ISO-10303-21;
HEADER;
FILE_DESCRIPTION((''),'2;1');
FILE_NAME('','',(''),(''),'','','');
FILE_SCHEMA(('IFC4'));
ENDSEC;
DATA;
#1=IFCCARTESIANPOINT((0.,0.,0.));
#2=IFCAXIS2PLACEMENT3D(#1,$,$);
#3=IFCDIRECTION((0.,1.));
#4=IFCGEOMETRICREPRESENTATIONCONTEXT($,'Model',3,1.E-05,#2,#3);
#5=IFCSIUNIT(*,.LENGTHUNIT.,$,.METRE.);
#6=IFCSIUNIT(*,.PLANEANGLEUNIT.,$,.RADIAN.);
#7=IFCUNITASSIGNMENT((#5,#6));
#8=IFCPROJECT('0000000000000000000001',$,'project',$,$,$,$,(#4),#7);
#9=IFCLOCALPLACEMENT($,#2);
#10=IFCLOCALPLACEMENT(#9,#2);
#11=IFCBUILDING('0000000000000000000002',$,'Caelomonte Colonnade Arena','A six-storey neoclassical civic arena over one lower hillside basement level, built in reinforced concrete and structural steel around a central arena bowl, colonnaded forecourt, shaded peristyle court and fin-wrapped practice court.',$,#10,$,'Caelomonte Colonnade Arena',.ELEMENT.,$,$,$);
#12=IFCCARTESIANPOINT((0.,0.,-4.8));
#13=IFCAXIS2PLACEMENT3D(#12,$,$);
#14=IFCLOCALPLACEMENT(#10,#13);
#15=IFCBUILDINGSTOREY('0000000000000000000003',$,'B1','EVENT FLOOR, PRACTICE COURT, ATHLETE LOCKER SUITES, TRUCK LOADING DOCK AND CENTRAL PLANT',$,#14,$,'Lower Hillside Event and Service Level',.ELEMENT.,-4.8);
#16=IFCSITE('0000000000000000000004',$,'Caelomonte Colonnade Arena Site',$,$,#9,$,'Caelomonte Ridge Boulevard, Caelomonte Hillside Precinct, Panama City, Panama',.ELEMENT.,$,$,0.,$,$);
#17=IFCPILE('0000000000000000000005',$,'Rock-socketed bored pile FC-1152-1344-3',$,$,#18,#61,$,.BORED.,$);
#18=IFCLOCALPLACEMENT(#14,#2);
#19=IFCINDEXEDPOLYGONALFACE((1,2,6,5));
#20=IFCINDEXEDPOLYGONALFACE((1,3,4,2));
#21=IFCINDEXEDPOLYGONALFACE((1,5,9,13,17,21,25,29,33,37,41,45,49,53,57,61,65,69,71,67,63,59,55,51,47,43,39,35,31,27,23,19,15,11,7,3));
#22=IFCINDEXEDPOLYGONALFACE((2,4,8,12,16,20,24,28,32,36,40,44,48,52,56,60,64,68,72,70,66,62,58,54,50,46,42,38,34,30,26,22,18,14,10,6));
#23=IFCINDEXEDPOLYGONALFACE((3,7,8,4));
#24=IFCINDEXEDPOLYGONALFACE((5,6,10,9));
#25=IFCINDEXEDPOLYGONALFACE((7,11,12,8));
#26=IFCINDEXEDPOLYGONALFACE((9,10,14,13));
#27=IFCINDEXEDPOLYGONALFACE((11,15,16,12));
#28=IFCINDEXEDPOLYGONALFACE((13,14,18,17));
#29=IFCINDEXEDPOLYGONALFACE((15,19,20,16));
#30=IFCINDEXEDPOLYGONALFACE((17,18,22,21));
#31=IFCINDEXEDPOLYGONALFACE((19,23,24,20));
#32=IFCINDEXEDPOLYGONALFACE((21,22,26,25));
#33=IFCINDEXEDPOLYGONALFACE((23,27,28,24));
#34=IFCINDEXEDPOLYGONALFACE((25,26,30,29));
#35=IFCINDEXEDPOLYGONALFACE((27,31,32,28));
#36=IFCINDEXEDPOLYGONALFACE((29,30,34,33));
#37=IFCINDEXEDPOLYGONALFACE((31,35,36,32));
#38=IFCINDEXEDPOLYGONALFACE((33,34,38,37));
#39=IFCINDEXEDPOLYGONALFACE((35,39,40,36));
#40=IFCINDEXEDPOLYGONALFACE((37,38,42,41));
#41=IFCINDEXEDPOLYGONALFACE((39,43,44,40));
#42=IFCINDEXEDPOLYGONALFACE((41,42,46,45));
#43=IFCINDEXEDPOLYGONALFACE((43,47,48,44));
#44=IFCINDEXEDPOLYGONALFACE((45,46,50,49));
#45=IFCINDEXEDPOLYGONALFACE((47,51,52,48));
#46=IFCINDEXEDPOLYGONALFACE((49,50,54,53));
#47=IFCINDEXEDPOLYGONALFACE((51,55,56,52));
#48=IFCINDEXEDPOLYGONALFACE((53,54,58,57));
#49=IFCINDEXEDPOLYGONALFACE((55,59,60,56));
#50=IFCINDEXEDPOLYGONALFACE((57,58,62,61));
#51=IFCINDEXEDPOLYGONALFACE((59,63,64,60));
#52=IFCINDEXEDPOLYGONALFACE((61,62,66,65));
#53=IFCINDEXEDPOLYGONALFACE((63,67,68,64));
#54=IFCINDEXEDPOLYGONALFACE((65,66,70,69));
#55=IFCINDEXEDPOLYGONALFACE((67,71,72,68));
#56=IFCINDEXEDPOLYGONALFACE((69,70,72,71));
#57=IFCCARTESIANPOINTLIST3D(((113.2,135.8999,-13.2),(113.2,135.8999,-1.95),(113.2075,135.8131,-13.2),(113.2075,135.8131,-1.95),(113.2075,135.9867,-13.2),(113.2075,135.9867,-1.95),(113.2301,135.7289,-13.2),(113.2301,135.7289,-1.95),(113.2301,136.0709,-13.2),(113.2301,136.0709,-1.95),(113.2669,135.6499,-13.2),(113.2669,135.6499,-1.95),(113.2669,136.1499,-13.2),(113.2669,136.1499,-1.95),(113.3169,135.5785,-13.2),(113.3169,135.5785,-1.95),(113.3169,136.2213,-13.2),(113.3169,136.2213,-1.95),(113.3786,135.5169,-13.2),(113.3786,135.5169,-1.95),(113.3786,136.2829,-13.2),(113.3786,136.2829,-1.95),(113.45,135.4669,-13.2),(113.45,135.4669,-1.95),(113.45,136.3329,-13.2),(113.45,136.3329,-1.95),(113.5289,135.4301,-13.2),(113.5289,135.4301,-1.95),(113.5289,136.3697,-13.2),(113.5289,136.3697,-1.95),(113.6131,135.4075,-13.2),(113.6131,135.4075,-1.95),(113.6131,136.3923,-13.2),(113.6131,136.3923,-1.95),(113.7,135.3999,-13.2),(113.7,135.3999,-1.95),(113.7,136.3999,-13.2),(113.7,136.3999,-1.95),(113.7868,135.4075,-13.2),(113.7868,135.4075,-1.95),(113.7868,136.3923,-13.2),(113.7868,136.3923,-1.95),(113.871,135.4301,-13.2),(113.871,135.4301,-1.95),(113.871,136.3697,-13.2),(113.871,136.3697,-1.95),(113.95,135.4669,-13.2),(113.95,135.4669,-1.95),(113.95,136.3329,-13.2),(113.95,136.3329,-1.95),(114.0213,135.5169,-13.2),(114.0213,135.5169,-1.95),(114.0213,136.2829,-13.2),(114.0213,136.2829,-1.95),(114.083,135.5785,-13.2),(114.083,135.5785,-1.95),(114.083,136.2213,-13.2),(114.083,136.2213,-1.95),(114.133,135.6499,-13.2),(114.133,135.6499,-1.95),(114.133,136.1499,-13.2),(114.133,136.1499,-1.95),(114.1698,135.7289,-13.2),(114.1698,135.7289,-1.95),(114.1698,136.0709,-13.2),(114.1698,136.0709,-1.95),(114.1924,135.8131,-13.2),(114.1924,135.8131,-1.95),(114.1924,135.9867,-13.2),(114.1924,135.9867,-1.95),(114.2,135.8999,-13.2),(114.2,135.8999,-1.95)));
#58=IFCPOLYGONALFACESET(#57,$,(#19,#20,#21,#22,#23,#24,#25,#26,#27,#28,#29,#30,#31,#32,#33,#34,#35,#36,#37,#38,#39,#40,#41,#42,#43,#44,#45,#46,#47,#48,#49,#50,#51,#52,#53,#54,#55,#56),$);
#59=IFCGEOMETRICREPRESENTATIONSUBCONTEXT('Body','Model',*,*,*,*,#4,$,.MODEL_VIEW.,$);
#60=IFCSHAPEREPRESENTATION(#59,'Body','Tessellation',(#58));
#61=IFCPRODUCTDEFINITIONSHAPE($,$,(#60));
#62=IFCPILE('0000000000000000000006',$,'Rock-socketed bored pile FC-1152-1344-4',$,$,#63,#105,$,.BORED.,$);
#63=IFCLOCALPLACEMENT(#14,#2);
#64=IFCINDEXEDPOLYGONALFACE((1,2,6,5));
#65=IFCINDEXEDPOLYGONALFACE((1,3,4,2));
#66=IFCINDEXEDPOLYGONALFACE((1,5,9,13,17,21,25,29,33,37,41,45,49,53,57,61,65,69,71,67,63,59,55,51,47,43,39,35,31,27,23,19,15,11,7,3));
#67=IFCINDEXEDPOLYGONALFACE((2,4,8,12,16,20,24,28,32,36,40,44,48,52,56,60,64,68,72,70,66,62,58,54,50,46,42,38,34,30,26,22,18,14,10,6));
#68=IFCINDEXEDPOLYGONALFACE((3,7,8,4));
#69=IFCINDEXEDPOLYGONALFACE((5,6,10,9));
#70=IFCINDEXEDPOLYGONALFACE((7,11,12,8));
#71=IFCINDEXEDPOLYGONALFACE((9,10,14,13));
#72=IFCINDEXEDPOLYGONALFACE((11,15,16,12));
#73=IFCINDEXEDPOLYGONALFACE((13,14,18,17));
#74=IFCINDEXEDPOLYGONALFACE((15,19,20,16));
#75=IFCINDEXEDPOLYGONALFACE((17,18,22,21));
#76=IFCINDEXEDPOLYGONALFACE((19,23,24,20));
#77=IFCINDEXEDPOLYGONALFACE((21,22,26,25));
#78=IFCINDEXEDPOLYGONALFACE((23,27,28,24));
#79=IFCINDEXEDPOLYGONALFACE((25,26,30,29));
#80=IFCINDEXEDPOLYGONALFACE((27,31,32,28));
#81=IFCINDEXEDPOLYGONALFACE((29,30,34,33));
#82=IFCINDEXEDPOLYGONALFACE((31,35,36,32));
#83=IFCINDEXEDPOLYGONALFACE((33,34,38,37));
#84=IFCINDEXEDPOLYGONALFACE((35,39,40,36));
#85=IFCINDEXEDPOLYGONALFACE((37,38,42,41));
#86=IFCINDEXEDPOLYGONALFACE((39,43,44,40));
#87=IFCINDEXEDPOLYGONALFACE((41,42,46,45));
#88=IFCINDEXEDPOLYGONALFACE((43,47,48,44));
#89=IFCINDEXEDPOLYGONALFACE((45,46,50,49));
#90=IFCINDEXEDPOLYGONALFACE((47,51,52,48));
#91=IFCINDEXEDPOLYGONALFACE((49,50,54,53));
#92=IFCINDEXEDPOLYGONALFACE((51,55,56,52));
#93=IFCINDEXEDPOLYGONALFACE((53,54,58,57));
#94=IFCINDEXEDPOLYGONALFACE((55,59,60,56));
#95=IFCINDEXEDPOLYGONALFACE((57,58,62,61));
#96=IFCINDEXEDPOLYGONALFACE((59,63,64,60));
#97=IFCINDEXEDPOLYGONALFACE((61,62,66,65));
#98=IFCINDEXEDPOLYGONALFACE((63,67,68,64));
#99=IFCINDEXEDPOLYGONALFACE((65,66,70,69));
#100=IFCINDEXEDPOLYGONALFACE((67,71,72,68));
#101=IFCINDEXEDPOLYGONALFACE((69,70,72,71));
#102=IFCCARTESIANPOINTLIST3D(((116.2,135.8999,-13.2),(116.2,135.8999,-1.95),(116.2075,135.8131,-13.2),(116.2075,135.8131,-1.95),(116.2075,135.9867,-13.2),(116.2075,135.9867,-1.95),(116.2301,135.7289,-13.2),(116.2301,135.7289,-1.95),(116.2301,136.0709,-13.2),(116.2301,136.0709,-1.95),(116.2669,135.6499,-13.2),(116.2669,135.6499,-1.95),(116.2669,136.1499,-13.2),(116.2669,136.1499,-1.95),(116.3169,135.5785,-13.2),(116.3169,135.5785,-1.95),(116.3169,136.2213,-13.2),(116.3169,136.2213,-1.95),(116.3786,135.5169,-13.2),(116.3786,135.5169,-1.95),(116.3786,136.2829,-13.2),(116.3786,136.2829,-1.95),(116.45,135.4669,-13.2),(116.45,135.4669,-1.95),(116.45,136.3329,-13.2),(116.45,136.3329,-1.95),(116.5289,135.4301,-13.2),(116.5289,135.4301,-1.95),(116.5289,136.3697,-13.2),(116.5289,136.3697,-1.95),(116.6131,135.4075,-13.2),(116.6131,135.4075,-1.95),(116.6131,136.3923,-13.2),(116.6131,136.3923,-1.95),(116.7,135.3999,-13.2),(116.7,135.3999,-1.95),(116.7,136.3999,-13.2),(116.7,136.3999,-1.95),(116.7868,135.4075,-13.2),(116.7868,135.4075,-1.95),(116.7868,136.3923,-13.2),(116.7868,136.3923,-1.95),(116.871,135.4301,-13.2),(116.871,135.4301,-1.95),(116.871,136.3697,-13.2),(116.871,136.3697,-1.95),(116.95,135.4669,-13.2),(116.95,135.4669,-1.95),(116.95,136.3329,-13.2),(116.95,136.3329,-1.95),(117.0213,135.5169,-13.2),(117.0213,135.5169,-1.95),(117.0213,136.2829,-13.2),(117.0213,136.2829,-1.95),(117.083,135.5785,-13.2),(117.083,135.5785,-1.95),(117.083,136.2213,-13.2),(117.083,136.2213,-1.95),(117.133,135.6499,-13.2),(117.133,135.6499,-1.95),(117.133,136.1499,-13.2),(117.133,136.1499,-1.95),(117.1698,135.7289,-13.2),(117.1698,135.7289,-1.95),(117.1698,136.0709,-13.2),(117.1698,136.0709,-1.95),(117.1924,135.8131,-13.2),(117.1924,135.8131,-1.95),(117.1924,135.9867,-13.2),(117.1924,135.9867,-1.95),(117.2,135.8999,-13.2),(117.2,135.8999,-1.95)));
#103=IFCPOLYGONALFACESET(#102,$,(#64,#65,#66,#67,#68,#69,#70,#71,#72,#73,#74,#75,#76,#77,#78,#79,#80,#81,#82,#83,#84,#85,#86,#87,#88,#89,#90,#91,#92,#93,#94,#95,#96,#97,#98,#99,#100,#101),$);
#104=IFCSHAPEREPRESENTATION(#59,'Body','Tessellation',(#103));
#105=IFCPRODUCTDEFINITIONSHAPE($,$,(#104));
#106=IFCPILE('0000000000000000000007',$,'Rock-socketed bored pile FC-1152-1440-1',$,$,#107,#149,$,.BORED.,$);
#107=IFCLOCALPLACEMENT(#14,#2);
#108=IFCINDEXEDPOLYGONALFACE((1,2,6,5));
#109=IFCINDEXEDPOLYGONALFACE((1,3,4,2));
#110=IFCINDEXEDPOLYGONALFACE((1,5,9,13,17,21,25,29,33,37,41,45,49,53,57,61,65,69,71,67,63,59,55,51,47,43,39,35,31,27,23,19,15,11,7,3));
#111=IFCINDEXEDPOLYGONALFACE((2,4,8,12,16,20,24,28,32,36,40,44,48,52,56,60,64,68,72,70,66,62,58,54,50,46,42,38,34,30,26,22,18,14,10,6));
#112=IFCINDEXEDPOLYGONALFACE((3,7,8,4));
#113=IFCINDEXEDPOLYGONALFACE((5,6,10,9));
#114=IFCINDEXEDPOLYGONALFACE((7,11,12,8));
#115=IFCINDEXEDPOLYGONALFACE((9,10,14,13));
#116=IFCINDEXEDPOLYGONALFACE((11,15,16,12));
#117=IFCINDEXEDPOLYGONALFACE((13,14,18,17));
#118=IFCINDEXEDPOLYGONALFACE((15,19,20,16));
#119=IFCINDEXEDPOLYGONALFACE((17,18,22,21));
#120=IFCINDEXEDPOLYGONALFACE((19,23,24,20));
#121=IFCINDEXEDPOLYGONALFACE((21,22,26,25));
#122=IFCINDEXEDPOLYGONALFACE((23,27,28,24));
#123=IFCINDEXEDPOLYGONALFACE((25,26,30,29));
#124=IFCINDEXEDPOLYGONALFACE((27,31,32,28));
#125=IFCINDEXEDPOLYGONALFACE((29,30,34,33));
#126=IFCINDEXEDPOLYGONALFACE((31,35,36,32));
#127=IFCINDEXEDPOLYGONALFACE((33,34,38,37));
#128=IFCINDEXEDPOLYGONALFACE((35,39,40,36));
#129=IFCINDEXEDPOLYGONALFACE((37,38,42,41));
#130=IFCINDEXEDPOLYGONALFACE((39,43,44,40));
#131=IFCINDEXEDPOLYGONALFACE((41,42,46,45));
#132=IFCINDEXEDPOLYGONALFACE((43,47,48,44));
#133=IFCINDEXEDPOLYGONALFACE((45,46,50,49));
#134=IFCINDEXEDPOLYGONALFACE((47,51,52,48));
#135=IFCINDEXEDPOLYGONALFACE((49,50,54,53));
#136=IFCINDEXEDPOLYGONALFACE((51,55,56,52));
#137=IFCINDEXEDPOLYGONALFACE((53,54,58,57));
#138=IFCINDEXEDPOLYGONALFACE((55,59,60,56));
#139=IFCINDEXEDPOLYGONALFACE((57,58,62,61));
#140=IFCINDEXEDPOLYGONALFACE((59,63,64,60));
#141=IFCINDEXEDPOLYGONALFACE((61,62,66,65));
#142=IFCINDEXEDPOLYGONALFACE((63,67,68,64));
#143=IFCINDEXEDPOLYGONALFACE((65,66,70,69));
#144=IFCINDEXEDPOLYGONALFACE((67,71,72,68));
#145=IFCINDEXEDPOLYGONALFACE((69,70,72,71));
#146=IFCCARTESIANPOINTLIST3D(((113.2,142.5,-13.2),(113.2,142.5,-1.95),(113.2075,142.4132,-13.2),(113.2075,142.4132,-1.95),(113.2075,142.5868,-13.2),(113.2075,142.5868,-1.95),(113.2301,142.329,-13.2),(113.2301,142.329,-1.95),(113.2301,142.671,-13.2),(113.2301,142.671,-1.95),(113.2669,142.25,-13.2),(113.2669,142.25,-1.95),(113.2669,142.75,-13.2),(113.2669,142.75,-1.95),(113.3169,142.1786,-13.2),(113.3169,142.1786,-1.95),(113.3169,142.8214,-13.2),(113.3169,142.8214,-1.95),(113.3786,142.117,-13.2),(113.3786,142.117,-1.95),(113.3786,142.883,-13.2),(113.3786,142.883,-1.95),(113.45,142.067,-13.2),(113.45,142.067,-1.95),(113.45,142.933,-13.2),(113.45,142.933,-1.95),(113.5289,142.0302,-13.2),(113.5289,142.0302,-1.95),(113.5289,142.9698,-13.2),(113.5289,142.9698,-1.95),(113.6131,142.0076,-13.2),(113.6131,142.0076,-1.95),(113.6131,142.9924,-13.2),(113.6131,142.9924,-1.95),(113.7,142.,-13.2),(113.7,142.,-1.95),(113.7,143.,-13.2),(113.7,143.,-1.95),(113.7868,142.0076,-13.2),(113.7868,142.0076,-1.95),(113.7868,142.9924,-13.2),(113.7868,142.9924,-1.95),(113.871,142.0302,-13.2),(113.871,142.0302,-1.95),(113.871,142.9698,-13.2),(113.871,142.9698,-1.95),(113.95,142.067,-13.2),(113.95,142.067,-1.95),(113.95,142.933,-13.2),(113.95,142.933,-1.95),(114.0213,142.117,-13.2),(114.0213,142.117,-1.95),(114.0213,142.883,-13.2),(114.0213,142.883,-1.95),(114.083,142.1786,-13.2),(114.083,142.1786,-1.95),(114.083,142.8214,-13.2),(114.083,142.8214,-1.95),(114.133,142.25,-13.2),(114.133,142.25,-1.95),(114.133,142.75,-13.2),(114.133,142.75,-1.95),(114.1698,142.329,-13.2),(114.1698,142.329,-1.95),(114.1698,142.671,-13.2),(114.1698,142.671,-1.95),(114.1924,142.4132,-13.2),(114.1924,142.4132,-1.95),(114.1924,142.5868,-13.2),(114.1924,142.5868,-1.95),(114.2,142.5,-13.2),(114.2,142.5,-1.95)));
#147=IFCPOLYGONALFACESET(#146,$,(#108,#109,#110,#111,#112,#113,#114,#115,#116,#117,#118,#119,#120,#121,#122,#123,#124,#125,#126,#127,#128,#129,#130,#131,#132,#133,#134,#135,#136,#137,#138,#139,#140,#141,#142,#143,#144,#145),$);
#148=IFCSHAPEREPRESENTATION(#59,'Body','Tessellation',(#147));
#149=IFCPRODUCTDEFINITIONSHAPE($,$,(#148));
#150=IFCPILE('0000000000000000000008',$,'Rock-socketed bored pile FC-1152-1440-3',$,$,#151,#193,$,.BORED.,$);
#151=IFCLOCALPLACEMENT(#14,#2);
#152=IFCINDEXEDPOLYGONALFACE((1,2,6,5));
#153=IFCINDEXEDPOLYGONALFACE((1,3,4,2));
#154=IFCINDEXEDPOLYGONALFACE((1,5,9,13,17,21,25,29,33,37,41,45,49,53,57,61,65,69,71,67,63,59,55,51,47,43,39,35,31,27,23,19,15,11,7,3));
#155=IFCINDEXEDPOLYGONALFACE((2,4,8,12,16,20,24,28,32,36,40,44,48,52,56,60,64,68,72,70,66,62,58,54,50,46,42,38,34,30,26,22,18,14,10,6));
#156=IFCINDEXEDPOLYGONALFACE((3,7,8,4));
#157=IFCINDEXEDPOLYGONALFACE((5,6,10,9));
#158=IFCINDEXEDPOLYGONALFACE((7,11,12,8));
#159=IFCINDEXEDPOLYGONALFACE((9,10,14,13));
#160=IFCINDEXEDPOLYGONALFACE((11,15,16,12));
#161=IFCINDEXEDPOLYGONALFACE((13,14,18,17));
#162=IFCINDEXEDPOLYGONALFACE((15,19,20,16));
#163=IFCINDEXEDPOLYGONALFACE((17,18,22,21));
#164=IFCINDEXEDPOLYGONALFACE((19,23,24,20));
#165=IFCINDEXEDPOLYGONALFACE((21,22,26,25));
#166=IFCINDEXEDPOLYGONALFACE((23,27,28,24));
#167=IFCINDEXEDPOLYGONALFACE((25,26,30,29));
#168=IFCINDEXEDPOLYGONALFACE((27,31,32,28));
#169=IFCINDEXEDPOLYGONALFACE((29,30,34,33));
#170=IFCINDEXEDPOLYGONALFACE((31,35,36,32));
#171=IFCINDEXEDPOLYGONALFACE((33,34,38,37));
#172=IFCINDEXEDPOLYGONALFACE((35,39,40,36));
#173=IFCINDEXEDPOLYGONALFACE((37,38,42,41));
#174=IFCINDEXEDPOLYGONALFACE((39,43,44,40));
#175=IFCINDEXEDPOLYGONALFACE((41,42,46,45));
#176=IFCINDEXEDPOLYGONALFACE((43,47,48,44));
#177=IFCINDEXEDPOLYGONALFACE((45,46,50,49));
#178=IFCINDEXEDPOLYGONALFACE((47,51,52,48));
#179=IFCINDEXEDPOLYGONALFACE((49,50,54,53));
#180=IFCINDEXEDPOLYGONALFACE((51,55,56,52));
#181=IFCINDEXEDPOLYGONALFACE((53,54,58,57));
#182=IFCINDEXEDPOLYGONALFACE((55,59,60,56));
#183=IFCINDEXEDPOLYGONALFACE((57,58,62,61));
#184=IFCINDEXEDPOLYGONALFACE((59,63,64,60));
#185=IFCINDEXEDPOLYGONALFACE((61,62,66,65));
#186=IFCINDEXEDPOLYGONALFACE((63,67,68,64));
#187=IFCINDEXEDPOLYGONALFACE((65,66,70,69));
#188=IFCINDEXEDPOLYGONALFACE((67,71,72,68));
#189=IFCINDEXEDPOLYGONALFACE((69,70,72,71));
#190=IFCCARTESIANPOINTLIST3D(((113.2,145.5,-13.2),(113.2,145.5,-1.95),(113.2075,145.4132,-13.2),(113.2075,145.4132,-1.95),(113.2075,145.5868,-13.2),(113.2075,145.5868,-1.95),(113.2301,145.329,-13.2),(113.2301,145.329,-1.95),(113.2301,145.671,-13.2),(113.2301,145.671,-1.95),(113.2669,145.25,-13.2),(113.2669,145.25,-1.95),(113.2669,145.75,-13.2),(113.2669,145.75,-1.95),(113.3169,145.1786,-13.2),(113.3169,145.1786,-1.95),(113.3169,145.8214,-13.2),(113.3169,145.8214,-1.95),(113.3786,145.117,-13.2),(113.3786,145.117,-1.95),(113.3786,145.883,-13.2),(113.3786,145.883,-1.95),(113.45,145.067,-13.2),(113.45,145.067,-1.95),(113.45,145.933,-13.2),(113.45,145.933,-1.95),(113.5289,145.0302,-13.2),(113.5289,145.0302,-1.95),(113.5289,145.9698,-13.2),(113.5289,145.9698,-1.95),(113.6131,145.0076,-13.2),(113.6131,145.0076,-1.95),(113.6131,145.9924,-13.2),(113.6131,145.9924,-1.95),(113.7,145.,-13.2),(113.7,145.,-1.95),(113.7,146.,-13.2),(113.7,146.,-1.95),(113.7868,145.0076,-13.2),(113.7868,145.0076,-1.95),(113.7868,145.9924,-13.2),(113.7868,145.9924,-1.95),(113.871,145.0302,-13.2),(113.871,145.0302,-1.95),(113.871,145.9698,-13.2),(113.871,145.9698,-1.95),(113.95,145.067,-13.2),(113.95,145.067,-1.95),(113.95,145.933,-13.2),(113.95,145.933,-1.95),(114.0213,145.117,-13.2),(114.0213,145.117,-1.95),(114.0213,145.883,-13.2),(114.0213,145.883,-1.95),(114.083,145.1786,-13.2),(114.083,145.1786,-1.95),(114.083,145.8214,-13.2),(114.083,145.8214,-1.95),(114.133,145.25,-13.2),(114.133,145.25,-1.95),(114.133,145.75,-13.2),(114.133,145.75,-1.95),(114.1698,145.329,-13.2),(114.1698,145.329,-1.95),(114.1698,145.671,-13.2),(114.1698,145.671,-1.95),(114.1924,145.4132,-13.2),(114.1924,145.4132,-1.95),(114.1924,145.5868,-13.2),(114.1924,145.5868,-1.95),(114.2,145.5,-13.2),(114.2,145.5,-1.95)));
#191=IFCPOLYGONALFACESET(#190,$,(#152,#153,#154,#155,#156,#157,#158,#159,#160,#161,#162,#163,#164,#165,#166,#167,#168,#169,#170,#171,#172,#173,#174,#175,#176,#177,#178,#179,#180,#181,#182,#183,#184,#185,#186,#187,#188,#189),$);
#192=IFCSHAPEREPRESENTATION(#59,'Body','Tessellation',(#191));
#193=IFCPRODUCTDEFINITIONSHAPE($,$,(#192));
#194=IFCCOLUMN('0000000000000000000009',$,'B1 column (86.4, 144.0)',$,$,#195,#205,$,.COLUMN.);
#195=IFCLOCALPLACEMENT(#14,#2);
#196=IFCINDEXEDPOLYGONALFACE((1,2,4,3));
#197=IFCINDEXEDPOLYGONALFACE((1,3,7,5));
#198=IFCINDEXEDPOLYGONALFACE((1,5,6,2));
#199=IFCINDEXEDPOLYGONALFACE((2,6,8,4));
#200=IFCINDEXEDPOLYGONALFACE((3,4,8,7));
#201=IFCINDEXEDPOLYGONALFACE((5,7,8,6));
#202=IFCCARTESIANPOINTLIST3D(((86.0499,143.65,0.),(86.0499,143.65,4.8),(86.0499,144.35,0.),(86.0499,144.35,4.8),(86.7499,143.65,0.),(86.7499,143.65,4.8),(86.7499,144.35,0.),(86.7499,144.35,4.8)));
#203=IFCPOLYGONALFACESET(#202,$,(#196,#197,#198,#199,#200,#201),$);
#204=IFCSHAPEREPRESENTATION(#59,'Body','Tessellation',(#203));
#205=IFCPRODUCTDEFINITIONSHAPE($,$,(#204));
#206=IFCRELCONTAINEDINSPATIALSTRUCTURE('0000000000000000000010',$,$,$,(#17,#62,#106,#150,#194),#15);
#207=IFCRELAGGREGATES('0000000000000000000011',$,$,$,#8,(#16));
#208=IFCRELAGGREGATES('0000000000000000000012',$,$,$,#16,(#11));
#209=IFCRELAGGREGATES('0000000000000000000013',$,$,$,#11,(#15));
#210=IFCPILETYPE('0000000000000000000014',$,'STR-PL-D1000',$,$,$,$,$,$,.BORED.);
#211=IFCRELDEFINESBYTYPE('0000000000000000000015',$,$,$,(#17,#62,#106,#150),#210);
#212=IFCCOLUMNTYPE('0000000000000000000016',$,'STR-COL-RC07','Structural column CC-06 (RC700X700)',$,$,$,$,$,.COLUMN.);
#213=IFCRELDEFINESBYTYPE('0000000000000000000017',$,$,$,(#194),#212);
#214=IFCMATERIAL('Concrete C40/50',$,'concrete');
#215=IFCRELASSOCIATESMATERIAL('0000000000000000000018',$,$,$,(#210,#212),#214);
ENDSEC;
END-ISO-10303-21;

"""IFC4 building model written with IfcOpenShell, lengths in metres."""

from ifc_helpers import new_model, si_unit, direction, frame, origin, origin_2d, place, context, subcontext, project, spatial, rectangle, circle, extrude, material, material_profile, profile_set, type_object, element, save


model = new_model("IFC4")

# Units and contexts
model_context = context("Model", 3, precision=1e-05, world=origin(), true_north=direction((0.0, 1.0)))
body_context = subcontext(model_context, "Body", "Model", "MODEL_VIEW")
ifc_project = project(units=[si_unit("LENGTHUNIT", "METRE"), si_unit("PLANEANGLEUNIT", "RADIAN")], contexts=[model_context])

# Site, building, storey
site_placement = place(None, origin())
site = spatial("IfcSite", under=ifc_project, at=site_placement, Name="Caelomonte Colonnade Arena Site", LongName="Caelomonte Ridge Boulevard, Caelomonte Hillside Precinct, Panama City, Panama", CompositionType="ELEMENT", RefElevation=0.0)
building_placement = place(site_placement, origin())
building = spatial("IfcBuilding", under=site, at=building_placement, Name="Caelomonte Colonnade Arena", Description="A six-storey neoclassical civic arena over one lower hillside basement level, built in reinforced concrete and structural steel around a central arena bowl, colonnaded forecourt, shaded peristyle court and fin-wrapped practice court.", LongName="Caelomonte Colonnade Arena", CompositionType="ELEMENT")
storey_placement = place(building_placement, frame((0.0, 0.0, -4.8)))
storey = spatial("IfcBuildingStorey", under=building, at=storey_placement, Name="B1", Description="EVENT FLOOR, PRACTICE COURT, ATHLETE LOCKER SUITES, TRUCK LOADING DOCK AND CENTRAL PLANT", LongName="Lower Hillside Event and Service Level", CompositionType="ELEMENT", Elevation=-4.8)

# Shared definitions
ifc_material = material(Name="Concrete C40/50", Category="concrete")

# Piles
ifc_material_profile_1 = material_profile(ifc_material, circle(Radius=0.5, at=origin_2d()), Name="PILE-D1000")
ifc_profile_set_1 = profile_set([ifc_material_profile_1], Name="Concrete C40/50")
pile_type = type_object("IfcPileType", Name="STR-PL-D1000", PredefinedType="BORED", material=ifc_profile_set_1)
for number, where, z_axis, x_axis, name in (
    (1, (113.7, 135.8999, -1.95), (0.0, 0.0, -1.0), (1.0, 0.0, 0.0), "Rock-socketed bored pile FC-1152-1344-3"),
    (2, (116.7, 135.8999, -1.95), (0.0, 0.0, -1.0), (1.0, 0.0, 0.0), "Rock-socketed bored pile FC-1152-1344-4"),
    (3, (113.7, 142.5, -1.95), (0.0, 0.0, -1.0), (1.0, 0.0, 0.0), "Rock-socketed bored pile FC-1152-1440-1"),
    (4, (113.7, 145.5, -1.95), (0.0, 0.0, -1.0), (1.0, 0.0, 0.0), "Rock-socketed bored pile FC-1152-1440-3"),
):
    element("IfcPile", number, at=place(storey_placement, frame(where, z_axis=z_axis, x_axis=x_axis)), inside=storey, type_object=pile_type, Name=name, PredefinedType="BORED", context=body_context, shape_type="SweptSolid", body=[
        extrude(circle(Radius=0.5, at=origin_2d()), origin(), (0.0, 0.0, 1.0), 11.25),
    ])

# Column
ifc_material_profile_2 = material_profile(ifc_material, rectangle(XDim=0.7, YDim=0.7, at=origin_2d()), Name="RC700X700")
ifc_profile_set_2 = profile_set([ifc_material_profile_2], Name="Concrete C40/50")
column_type = type_object("IfcColumnType", Name="STR-COL-RC07", Description="Structural column CC-06 (RC700X700)", PredefinedType="COLUMN", material=ifc_profile_set_2)
for number, where, z_axis, x_axis, name in (
    (5, (86.3999, 144.0, 0.0), (0.0, 0.0, 1.0), (1.0, 0.0, 0.0), "B1 column (86.4, 144.0)"),
):
    element("IfcColumn", number, at=place(storey_placement, frame(where, z_axis=z_axis, x_axis=x_axis)), inside=storey, type_object=column_type, Name=name, PredefinedType="COLUMN", context=body_context, shape_type="SweptSolid", body=[
        extrude(rectangle(XDim=0.7, YDim=0.7, at=origin_2d()), origin(), (0.0, 0.0, 1.0), 4.8),
    ])

save(model, "model.ifc")
